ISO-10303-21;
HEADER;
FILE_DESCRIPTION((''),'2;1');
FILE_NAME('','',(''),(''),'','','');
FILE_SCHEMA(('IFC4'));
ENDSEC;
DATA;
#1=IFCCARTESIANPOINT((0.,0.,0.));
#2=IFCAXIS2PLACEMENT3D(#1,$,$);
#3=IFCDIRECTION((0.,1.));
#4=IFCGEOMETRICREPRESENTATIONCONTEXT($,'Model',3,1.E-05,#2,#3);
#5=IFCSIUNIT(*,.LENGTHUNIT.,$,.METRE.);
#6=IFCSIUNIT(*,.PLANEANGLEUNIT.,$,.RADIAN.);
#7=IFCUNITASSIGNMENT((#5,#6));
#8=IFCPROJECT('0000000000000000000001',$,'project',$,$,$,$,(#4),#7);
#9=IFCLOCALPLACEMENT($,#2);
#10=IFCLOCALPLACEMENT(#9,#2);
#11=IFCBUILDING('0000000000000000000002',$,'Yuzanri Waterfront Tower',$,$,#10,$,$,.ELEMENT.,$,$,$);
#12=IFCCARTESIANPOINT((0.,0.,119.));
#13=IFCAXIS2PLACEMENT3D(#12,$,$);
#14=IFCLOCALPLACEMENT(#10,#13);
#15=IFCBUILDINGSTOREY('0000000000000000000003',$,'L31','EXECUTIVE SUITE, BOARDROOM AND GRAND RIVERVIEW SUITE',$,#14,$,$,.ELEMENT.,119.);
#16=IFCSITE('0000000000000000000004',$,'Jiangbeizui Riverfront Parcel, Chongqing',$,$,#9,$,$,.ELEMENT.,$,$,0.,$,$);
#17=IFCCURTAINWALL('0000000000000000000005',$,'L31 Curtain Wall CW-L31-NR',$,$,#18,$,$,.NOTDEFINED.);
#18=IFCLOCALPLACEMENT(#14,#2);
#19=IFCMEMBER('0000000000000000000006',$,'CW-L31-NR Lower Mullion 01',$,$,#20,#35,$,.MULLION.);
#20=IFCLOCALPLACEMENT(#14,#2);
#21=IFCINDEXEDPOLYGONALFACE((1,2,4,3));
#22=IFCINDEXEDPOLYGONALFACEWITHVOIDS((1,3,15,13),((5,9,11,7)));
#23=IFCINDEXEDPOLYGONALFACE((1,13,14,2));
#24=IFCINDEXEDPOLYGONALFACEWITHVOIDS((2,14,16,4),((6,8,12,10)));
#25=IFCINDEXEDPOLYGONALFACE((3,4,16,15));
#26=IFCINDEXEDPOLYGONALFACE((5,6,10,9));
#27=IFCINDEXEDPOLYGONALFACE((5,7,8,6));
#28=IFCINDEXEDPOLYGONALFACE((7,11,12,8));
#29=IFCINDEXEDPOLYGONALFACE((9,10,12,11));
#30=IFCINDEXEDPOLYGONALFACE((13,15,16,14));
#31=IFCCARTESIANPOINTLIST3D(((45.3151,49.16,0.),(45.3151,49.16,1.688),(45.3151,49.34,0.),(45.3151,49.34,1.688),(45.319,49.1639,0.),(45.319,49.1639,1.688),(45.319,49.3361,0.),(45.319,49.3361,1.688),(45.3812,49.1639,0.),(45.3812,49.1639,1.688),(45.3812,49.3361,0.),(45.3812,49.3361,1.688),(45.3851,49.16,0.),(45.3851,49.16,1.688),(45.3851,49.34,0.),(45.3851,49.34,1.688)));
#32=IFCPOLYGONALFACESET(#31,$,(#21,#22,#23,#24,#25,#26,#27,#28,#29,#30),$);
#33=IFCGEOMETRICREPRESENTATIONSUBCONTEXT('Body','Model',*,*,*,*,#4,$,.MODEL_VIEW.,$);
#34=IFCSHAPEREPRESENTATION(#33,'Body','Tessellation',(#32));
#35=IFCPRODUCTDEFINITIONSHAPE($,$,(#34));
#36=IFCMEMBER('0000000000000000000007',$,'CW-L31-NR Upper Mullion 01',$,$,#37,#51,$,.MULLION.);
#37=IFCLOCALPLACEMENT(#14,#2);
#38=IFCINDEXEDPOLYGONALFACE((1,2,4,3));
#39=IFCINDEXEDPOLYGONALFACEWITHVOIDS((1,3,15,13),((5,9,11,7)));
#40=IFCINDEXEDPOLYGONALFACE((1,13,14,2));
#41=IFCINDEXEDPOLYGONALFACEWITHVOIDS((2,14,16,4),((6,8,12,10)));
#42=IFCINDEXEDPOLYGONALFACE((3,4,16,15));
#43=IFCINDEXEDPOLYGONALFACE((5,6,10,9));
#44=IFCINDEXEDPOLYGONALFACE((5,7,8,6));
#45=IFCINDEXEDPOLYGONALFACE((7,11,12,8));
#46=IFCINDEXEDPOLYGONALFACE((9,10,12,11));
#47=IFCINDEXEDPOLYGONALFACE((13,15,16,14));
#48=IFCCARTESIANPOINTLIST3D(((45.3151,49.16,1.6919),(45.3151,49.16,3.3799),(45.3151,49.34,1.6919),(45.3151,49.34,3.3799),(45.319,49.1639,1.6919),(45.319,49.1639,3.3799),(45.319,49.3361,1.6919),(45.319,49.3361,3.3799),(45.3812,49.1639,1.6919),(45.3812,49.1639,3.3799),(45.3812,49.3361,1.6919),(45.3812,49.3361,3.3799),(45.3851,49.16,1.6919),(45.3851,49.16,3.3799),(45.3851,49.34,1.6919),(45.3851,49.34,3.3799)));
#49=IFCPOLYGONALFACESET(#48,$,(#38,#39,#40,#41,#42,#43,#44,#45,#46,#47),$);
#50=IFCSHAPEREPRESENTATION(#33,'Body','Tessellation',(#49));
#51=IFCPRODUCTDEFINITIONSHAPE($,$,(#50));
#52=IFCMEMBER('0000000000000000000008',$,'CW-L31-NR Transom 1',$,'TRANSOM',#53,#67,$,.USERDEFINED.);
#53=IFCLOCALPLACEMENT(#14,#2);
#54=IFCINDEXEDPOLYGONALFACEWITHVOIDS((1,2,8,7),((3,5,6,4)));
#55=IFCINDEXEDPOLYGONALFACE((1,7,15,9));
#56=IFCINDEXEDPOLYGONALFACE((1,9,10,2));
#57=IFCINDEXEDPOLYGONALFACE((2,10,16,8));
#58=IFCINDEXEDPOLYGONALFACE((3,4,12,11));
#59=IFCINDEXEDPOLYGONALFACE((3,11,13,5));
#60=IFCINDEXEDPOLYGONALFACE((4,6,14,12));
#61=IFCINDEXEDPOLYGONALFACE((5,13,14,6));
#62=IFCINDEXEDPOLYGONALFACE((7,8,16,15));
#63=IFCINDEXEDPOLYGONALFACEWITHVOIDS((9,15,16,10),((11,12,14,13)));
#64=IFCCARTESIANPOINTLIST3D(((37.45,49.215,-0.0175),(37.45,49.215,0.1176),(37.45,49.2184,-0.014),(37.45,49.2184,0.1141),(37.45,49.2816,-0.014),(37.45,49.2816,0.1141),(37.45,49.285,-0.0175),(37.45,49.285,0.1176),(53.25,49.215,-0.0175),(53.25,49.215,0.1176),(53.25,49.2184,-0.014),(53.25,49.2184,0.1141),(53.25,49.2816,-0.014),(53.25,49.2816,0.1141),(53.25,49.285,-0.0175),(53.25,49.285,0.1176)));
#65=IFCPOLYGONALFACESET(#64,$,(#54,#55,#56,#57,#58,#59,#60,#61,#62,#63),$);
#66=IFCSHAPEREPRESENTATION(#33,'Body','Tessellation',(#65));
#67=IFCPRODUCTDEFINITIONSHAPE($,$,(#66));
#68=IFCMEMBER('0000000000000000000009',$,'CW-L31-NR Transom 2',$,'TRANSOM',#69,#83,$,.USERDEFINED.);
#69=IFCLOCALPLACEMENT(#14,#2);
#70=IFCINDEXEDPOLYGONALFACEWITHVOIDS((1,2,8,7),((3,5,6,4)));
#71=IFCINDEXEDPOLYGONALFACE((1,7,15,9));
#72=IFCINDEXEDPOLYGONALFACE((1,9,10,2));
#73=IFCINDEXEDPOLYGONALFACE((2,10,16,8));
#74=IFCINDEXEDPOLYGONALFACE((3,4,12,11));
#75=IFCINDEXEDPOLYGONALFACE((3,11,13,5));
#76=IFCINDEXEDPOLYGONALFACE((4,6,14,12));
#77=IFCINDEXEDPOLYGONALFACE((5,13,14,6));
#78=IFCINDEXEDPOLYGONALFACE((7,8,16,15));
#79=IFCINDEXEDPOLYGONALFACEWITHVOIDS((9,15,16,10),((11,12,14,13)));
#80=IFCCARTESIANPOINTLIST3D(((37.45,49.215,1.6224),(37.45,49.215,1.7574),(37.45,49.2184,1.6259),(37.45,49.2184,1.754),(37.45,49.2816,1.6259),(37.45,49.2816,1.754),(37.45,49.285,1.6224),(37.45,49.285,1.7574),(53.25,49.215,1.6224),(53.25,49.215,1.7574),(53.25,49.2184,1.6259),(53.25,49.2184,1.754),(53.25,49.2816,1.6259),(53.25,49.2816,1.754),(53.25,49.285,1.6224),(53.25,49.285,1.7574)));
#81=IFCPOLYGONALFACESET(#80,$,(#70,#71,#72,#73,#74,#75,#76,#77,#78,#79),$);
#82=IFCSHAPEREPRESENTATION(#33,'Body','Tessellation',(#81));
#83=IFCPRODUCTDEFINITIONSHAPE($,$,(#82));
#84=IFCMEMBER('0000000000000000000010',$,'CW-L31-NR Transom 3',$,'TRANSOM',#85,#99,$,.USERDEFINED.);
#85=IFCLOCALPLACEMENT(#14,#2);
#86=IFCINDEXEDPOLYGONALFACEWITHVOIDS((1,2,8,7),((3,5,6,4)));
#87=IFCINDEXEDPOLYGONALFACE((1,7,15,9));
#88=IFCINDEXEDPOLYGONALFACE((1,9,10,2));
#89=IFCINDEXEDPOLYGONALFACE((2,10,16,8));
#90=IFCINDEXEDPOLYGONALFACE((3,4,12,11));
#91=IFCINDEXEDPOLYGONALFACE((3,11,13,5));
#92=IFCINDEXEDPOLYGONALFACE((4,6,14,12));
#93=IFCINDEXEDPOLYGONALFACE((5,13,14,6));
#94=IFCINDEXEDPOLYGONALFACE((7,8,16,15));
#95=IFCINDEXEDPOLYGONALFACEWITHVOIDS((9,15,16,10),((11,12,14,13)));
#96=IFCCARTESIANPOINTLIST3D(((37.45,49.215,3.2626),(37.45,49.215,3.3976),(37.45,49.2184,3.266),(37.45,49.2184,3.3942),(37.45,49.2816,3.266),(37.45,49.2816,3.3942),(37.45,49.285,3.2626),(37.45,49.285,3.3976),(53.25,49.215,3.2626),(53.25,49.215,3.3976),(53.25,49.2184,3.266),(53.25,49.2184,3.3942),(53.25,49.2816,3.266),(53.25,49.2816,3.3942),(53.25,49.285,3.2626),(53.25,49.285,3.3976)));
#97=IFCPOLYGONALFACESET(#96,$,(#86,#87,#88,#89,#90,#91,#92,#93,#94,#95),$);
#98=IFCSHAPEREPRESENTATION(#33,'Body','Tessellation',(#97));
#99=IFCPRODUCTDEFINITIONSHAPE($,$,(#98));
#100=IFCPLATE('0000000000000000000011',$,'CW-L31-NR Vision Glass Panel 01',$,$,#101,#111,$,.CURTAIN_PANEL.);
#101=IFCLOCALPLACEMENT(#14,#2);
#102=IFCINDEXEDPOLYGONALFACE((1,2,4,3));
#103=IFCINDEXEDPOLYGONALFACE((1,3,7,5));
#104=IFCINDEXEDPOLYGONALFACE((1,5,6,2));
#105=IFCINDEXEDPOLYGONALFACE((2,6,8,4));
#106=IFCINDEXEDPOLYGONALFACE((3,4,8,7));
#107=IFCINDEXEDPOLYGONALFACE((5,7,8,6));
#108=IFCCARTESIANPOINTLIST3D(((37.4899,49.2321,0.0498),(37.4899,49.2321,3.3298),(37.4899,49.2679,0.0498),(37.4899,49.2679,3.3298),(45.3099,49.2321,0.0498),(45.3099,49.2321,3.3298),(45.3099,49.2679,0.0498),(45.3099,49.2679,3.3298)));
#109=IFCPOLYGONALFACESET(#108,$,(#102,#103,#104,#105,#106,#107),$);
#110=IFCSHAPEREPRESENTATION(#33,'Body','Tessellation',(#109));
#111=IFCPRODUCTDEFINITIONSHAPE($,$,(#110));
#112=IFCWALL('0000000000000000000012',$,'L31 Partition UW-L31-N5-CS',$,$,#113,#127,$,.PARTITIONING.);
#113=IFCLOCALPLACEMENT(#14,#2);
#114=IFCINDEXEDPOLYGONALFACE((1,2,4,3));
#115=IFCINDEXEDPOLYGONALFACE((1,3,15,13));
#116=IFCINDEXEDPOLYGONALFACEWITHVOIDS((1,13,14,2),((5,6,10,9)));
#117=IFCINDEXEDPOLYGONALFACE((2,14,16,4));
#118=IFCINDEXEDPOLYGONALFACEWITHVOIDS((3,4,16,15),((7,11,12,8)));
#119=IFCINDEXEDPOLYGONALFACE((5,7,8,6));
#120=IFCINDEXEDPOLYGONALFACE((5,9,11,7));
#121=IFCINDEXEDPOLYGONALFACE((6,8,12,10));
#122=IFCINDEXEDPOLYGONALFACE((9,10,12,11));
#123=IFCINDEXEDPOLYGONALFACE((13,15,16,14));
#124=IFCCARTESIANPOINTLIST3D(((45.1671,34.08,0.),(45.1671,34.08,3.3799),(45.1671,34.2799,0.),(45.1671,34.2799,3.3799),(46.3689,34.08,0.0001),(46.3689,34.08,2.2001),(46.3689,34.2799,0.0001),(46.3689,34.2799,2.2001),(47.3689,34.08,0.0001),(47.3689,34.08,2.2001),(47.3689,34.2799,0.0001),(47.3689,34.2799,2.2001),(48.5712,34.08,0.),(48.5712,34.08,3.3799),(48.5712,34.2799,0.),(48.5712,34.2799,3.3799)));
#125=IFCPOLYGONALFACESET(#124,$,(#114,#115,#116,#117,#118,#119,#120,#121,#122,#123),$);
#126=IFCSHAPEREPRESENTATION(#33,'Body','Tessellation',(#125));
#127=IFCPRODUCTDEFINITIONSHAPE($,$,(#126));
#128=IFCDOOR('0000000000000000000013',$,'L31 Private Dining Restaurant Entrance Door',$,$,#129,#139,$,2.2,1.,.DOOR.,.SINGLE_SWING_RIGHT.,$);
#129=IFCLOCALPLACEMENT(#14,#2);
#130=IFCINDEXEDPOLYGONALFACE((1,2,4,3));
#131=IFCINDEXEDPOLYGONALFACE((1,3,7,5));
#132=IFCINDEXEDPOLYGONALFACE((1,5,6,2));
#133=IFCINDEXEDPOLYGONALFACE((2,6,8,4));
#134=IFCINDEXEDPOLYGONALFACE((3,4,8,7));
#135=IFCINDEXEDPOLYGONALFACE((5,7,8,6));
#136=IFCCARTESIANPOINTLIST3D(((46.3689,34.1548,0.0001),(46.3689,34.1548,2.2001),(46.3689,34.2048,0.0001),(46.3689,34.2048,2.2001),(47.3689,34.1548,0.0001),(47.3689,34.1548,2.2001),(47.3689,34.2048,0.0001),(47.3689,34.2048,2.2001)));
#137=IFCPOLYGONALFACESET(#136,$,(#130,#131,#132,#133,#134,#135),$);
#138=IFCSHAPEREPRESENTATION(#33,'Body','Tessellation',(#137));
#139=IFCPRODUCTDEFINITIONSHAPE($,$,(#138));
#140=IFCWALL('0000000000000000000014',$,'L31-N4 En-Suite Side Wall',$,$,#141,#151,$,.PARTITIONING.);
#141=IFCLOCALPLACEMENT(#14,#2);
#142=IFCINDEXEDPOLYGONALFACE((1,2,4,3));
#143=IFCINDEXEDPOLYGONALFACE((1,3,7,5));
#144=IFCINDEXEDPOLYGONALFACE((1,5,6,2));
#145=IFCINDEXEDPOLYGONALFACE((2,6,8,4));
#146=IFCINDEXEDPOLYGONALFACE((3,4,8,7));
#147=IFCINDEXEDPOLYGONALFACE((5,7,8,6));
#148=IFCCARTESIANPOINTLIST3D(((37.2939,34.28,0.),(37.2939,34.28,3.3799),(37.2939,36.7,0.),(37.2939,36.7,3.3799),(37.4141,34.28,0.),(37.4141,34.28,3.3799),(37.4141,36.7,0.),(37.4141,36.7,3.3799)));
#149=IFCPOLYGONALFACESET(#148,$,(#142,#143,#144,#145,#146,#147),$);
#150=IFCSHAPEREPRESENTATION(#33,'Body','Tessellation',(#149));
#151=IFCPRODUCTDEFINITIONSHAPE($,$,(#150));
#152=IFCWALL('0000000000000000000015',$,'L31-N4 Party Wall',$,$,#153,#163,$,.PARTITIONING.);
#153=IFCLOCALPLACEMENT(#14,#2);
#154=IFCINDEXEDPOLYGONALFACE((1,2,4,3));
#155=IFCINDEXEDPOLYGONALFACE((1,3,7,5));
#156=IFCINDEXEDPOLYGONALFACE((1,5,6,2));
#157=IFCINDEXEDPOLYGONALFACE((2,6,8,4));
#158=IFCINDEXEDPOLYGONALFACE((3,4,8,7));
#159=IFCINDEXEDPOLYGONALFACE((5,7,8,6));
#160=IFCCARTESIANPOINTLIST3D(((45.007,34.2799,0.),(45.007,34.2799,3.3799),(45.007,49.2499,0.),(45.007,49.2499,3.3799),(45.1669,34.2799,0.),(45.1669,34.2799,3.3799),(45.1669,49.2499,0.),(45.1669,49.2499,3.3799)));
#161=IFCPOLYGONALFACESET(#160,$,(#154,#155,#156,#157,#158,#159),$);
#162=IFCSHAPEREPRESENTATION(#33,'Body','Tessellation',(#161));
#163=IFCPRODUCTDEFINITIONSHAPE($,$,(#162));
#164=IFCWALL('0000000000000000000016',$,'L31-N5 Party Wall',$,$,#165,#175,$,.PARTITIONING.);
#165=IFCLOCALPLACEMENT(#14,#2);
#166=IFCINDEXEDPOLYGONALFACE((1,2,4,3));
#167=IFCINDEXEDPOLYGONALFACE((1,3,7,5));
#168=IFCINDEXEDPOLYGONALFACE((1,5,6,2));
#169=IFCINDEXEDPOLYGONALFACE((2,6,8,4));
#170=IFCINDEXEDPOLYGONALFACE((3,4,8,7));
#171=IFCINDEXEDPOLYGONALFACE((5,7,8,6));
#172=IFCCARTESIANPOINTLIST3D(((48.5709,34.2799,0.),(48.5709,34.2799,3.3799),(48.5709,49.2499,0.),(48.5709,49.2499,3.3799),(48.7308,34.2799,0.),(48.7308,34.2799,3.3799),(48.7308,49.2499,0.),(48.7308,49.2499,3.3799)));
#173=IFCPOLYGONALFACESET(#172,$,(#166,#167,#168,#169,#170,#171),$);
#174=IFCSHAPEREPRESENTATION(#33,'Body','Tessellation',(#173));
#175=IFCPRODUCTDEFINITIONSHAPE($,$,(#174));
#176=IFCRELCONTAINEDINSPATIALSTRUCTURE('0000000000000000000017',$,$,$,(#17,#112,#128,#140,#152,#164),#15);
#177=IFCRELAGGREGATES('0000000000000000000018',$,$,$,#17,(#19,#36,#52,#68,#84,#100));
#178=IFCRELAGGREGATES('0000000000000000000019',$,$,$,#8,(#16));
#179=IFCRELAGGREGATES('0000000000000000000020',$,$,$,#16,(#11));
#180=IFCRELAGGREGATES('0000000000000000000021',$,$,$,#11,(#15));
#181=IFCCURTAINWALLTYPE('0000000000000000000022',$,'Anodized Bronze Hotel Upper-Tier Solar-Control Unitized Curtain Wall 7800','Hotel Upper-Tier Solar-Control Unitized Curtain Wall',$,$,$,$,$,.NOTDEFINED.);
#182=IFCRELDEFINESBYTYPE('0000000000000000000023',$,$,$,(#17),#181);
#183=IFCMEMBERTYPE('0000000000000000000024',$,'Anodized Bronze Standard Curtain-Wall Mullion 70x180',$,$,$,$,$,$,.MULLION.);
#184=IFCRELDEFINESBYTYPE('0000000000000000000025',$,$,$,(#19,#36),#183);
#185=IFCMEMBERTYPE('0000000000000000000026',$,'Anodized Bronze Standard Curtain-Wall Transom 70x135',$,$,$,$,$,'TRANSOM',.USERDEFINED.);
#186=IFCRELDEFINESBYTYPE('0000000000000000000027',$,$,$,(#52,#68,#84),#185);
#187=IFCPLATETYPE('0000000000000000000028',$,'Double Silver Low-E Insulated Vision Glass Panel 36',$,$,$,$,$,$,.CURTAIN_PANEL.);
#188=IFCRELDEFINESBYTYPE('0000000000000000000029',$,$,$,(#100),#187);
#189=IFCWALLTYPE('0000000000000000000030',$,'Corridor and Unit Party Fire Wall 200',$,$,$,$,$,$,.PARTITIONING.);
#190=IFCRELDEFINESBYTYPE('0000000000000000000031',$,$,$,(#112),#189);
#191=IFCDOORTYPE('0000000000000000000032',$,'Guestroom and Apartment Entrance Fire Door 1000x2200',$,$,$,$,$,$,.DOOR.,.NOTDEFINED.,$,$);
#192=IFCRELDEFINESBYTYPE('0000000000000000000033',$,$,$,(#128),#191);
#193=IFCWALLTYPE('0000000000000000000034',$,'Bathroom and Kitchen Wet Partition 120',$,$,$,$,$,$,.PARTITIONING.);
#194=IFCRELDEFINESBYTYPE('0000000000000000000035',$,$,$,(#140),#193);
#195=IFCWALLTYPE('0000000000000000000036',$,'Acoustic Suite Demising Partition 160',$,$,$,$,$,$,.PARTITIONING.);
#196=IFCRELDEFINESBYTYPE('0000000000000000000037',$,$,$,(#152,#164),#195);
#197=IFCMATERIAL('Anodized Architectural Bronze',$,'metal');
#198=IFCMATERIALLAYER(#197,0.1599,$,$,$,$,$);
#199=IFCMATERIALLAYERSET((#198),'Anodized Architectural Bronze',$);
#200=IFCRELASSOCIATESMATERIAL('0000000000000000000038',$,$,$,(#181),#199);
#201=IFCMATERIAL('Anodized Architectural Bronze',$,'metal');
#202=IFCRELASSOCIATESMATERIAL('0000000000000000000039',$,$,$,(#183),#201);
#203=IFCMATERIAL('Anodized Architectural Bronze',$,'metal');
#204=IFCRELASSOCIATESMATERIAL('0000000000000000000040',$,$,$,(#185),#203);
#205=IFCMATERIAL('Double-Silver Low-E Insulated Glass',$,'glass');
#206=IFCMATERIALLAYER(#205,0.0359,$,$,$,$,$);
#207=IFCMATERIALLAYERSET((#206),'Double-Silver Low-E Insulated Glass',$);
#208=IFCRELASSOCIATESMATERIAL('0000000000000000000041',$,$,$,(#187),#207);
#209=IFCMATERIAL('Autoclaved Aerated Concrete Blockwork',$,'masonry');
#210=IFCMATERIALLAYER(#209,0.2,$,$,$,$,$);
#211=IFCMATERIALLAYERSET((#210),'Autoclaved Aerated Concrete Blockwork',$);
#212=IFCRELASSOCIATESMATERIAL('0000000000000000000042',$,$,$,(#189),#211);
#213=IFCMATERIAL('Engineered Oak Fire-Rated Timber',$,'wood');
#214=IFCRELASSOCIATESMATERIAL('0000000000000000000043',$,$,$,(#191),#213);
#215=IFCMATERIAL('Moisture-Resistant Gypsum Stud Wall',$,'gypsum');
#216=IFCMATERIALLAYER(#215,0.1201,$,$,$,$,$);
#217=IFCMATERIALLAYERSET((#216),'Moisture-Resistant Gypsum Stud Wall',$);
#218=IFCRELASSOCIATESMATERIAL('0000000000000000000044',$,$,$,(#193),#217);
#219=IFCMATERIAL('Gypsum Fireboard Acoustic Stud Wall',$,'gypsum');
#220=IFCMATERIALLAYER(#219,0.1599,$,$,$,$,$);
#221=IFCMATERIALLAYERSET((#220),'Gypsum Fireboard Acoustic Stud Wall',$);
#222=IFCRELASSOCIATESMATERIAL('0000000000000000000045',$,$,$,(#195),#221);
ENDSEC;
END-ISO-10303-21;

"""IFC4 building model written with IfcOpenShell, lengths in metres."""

from ifc_helpers import new_model, si_unit, direction, frame, frame_2d, origin, origin_2d, place, context, subcontext, project, spatial, rectangle, hollow_rectangle, extrude, source, transform, mapped, material, layer, layer_set, material_profile, profile_set, type_object, element, fill, aggregate, save


model = new_model("IFC4")

# Units and contexts
model_context = context("Model", 3, precision=1e-05, world=origin(), true_north=direction((0.0, 1.0)))
body_context = subcontext(model_context, "Body", "Model", "MODEL_VIEW")
ifc_project = project(units=[si_unit("LENGTHUNIT", "METRE"), si_unit("PLANEANGLEUNIT", "RADIAN")], contexts=[model_context])

# Site, building, storey
site_placement = place(None, origin())
site = spatial("IfcSite", under=ifc_project, at=site_placement, Name="Jiangbeizui Riverfront Parcel, Chongqing", CompositionType="ELEMENT", RefElevation=0.0)
building_placement = place(site_placement, origin())
building = spatial("IfcBuilding", under=site, at=building_placement, Name="Yuzanri Waterfront Tower", CompositionType="ELEMENT")
storey_placement = place(building_placement, frame((0.0, 0.0, 119.0)))
storey = spatial("IfcBuildingStorey", under=building, at=storey_placement, Name="L31", Description="EXECUTIVE SUITE, BOARDROOM AND GRAND RIVERVIEW SUITE", CompositionType="ELEMENT", Elevation=119.0)

# Shared definitions
ifc_material_1 = material(Name="Anodized Architectural Bronze", Category="metal")
ifc_layer_1 = layer(ifc_material_1, 0.1599)
ifc_layer_set_1 = layer_set([ifc_layer_1], Name="Anodized Architectural Bronze")
curtain_wall_type = type_object("IfcCurtainWallType", Name="Anodized Bronze Hotel Upper-Tier Solar-Control Unitized Curtain Wall 7800", Description="Hotel Upper-Tier Solar-Control Unitized Curtain Wall", PredefinedType="NOTDEFINED", material=ifc_layer_set_1)
ifc_material_2 = material(Name="Anodized Architectural Bronze", Category="metal")
ifc_material_profile_1 = material_profile(ifc_material_2, hollow_rectangle(XDim=0.0701, YDim=0.1799, WallThickness=0.0039, at=origin_2d()), Name="CWM 70x180")
ifc_profile_set_1 = profile_set([ifc_material_profile_1], Name="Anodized Architectural Bronze")
member_type_1 = type_object("IfcMemberType", Name="Anodized Bronze Standard Curtain-Wall Mullion 70x180", PredefinedType="MULLION", material=ifc_profile_set_1)
shared_shape_1 = source(origin(), body_context, "Body", "SweptSolid", [
    extrude(hollow_rectangle(XDim=0.0701, YDim=0.1799, WallThickness=0.0039, at=origin_2d()), origin(), (0.0, 0.0, 1.0), 1.688),
])

# Curtain wall, members, plate
curtain_wall_1_placement = place(storey_placement, origin())
curtain_wall_1 = element("IfcCurtainWall", 1, at=curtain_wall_1_placement, inside=storey, type_object=curtain_wall_type, Name="L31 Curtain Wall CW-L31-NR", PredefinedType="NOTDEFINED")
member_1_placement = place(storey_placement, frame((45.3501, 49.25, 0.0), z_axis=(0.0, 0.0, 1.0), x_axis=(1.0, 0.0, 0.0)))
member_1 = element("IfcMember", 2, at=member_1_placement, type_object=member_type_1, Name="CW-L31-NR Lower Mullion 01", PredefinedType="MULLION", context=body_context, shape_type="MappedRepresentation", body=[
    mapped(shared_shape_1, transform((0.0, 0.0, 0.0), scale=1.0)),
])
member_2_placement = place(storey_placement, frame((45.3501, 49.25, 1.6919), z_axis=(0.0, 0.0, 1.0), x_axis=(1.0, 0.0, 0.0)))
member_2 = element("IfcMember", 3, at=member_2_placement, type_object=member_type_1, Name="CW-L31-NR Upper Mullion 01", PredefinedType="MULLION", context=body_context, shape_type="MappedRepresentation", body=[
    mapped(shared_shape_1, transform((0.0, 0.0, 0.0), scale=1.0)),
])
ifc_material_3 = material(Name="Anodized Architectural Bronze", Category="metal")
ifc_material_profile_2 = material_profile(ifc_material_3, hollow_rectangle(XDim=0.0701, YDim=0.135, WallThickness=0.0034, at=origin_2d()), Name="CWT 70x135")
ifc_profile_set_2 = profile_set([ifc_material_profile_2], Name="Anodized Architectural Bronze")
member_type_2 = type_object("IfcMemberType", Name="Anodized Bronze Standard Curtain-Wall Transom 70x135", ElementType="TRANSOM", PredefinedType="USERDEFINED", material=ifc_profile_set_2)
shared_shape_2 = source(origin(), body_context, "Body", "SweptSolid", [
    extrude(hollow_rectangle(XDim=0.0701, YDim=0.135, WallThickness=0.0034, at=origin_2d()), origin(), (0.0, 0.0, 1.0), 15.8),
])
member_3_placement = place(storey_placement, frame((37.45, 49.25, 0.05), z_axis=(1.0, 0.0, 0.0), x_axis=(0.0, 1.0, 0.0)))
member_3 = element("IfcMember", 4, at=member_3_placement, type_object=member_type_2, Name="CW-L31-NR Transom 1", ObjectType="TRANSOM", PredefinedType="USERDEFINED", context=body_context, shape_type="MappedRepresentation", body=[
    mapped(shared_shape_2, transform((0.0, 0.0, 0.0), scale=1.0)),
])
member_4_placement = place(storey_placement, frame((37.45, 49.25, 1.6899), z_axis=(1.0, 0.0, 0.0), x_axis=(0.0, 1.0, 0.0)))
member_4 = element("IfcMember", 5, at=member_4_placement, type_object=member_type_2, Name="CW-L31-NR Transom 2", ObjectType="TRANSOM", PredefinedType="USERDEFINED", context=body_context, shape_type="MappedRepresentation", body=[
    mapped(shared_shape_2, transform((0.0, 0.0, 0.0), scale=1.0)),
])
member_5_placement = place(storey_placement, frame((37.45, 49.25, 3.3301), z_axis=(1.0, 0.0, 0.0), x_axis=(0.0, 1.0, 0.0)))
member_5 = element("IfcMember", 6, at=member_5_placement, type_object=member_type_2, Name="CW-L31-NR Transom 3", ObjectType="TRANSOM", PredefinedType="USERDEFINED", context=body_context, shape_type="MappedRepresentation", body=[
    mapped(shared_shape_2, transform((0.0, 0.0, 0.0), scale=1.0)),
])
ifc_material_4 = material(Name="Double-Silver Low-E Insulated Glass", Category="glass")
ifc_layer_2 = layer(ifc_material_4, 0.0359)
ifc_layer_set_2 = layer_set([ifc_layer_2], Name="Double-Silver Low-E Insulated Glass")
plate_type = type_object("IfcPlateType", Name="Double Silver Low-E Insulated Vision Glass Panel 36", PredefinedType="CURTAIN_PANEL", material=ifc_layer_set_2)
shared_shape_3 = source(origin(), body_context, "Body", "SweptSolid", [
    extrude(rectangle(XDim=7.8201, YDim=0.0359, at=origin_2d()), origin(), (0.0, 0.0, 1.0), 3.28),
])
plate_placement = place(storey_placement, frame((41.3999, 49.25, 0.0498), z_axis=(0.0, 0.0, 1.0), x_axis=(1.0, 0.0, 0.0)))
plate = element("IfcPlate", 7, at=plate_placement, type_object=plate_type, Name="CW-L31-NR Vision Glass Panel 01", PredefinedType="CURTAIN_PANEL", context=body_context, shape_type="MappedRepresentation", body=[
    mapped(shared_shape_3, transform((0.0, 0.0, 0.0), scale=1.0)),
])
aggregate(curtain_wall_1, [member_1, member_2, member_3, member_4, member_5, plate])

# Wall, opening, door
ifc_material_5 = material(Name="Autoclaved Aerated Concrete Blockwork", Category="masonry")
ifc_layer_3 = layer(ifc_material_5, 0.2)
ifc_layer_set_3 = layer_set([ifc_layer_3], Name="Autoclaved Aerated Concrete Blockwork")
wall_type_1 = type_object("IfcWallType", Name="Corridor and Unit Party Fire Wall 200", PredefinedType="PARTITIONING", material=ifc_layer_set_3)
wall_1_placement = place(storey_placement, frame((45.167, 34.1799, 0.0), z_axis=(0.0, 0.0, 1.0), x_axis=(1.0, 0.0, 0.0)))
wall_1 = element("IfcWall", 8, at=wall_1_placement, inside=storey, type_object=wall_type_1, Name="L31 Partition UW-L31-N5-CS", PredefinedType="PARTITIONING", context=body_context, shape_type="SweptSolid", body=[
    extrude(rectangle(XDim=3.4041, YDim=0.2, at=frame_2d((1.7021, 0.0))), origin(), (0.0, 0.0, 1.0), 3.3799),
])
opening_placement = place(wall_1_placement, frame((1.2019, 0.0, 0.0)))
opening = element("IfcOpeningElement", 9, at=opening_placement, cuts=wall_1, PredefinedType="OPENING", context=body_context, shape_type="SweptSolid", body=[
    extrude(rectangle(XDim=1.0, YDim=2.2, at=frame_2d((0.5, 1.1001))), frame((0.0, 0.1147, 0.0), z_axis=(0.0, -1.0, 0.0), x_axis=(1.0, 0.0, 0.0)), (0.0, 0.0, 1.0), 0.2297),
])
ifc_material_6 = material(Name="Engineered Oak Fire-Rated Timber", Category="wood")
door_type = type_object("IfcDoorType", Name="Guestroom and Apartment Entrance Fire Door 1000x2200", OperationType="NOTDEFINED", PredefinedType="DOOR", material=ifc_material_6)
shared_shape_4 = source(origin(), body_context, "Body", "SweptSolid", [
    extrude(rectangle(XDim=1.0, YDim=2.2, at=frame_2d((0.5, 1.1001))), frame((0.0, 0.0249, 0.0), z_axis=(0.0, -1.0, 0.0), x_axis=(1.0, 0.0, 0.0)), (0.0, 0.0, 1.0), 0.05),
])
door_placement = place(opening_placement, origin())
door = element("IfcDoor", 10, at=door_placement, inside=storey, type_object=door_type, Name="L31 Private Dining Restaurant Entrance Door", OperationType="SINGLE_SWING_RIGHT", OverallHeight=2.2, OverallWidth=1.0, PredefinedType="DOOR", context=body_context, shape_type="MappedRepresentation", body=[
    mapped(shared_shape_4, transform((0.0, 0.0, 0.0), scale=1.0)),
])
fill(opening, door)

# Walls
ifc_material_7 = material(Name="Moisture-Resistant Gypsum Stud Wall", Category="gypsum")
ifc_layer_4 = layer(ifc_material_7, 0.1201)
ifc_layer_set_4 = layer_set([ifc_layer_4], Name="Moisture-Resistant Gypsum Stud Wall")
wall_type_2 = type_object("IfcWallType", Name="Bathroom and Kitchen Wet Partition 120", PredefinedType="PARTITIONING", material=ifc_layer_set_4)
shared_shape_5 = source(origin(), body_context, "Body", "SweptSolid", [
    extrude(rectangle(XDim=2.4199, YDim=0.1201, at=frame_2d((1.21, 0.0))), origin(), (0.0, 0.0, 1.0), 3.3799),
])
wall_2_placement = place(storey_placement, frame((37.354, 34.28, 0.0), z_axis=(0.0, 0.0, 1.0), x_axis=(0.0, 1.0, 0.0)))
element("IfcWall", 11, at=wall_2_placement, inside=storey, type_object=wall_type_2, Name="L31-N4 En-Suite Side Wall", PredefinedType="PARTITIONING", context=body_context, shape_type="MappedRepresentation", body=[
    mapped(shared_shape_5, transform((0.0, 0.0, 0.0), scale=1.0)),
])
ifc_material_8 = material(Name="Gypsum Fireboard Acoustic Stud Wall", Category="gypsum")
ifc_layer_5 = layer(ifc_material_8, 0.1599)
ifc_layer_set_5 = layer_set([ifc_layer_5], Name="Gypsum Fireboard Acoustic Stud Wall")
wall_type_3 = type_object("IfcWallType", Name="Acoustic Suite Demising Partition 160", PredefinedType="PARTITIONING", material=ifc_layer_set_5)
shared_shape_6 = source(origin(), body_context, "Body", "SweptSolid", [
    extrude(rectangle(XDim=14.97, YDim=0.1599, at=frame_2d((7.4849, 0.0))), origin(), (0.0, 0.0, 1.0), 3.3799),
])
for number, where, z_axis, x_axis, name in (
    (12, (45.0869, 34.28, 0.0), (0.0, 0.0, 1.0), (0.0, 1.0, 0.0), "L31-N4 Party Wall"),
    (13, (48.6509, 34.28, 0.0), (0.0, 0.0, 1.0), (0.0, 1.0, 0.0), "L31-N5 Party Wall"),
):
    element("IfcWall", number, at=place(storey_placement, frame(where, z_axis=z_axis, x_axis=x_axis)), inside=storey, type_object=wall_type_3, Name=name, PredefinedType="PARTITIONING", context=body_context, shape_type="MappedRepresentation", body=[
        mapped(shared_shape_6, transform((0.0, 0.0, 0.0), scale=1.0)),
    ])

save(model, "model.ifc")
